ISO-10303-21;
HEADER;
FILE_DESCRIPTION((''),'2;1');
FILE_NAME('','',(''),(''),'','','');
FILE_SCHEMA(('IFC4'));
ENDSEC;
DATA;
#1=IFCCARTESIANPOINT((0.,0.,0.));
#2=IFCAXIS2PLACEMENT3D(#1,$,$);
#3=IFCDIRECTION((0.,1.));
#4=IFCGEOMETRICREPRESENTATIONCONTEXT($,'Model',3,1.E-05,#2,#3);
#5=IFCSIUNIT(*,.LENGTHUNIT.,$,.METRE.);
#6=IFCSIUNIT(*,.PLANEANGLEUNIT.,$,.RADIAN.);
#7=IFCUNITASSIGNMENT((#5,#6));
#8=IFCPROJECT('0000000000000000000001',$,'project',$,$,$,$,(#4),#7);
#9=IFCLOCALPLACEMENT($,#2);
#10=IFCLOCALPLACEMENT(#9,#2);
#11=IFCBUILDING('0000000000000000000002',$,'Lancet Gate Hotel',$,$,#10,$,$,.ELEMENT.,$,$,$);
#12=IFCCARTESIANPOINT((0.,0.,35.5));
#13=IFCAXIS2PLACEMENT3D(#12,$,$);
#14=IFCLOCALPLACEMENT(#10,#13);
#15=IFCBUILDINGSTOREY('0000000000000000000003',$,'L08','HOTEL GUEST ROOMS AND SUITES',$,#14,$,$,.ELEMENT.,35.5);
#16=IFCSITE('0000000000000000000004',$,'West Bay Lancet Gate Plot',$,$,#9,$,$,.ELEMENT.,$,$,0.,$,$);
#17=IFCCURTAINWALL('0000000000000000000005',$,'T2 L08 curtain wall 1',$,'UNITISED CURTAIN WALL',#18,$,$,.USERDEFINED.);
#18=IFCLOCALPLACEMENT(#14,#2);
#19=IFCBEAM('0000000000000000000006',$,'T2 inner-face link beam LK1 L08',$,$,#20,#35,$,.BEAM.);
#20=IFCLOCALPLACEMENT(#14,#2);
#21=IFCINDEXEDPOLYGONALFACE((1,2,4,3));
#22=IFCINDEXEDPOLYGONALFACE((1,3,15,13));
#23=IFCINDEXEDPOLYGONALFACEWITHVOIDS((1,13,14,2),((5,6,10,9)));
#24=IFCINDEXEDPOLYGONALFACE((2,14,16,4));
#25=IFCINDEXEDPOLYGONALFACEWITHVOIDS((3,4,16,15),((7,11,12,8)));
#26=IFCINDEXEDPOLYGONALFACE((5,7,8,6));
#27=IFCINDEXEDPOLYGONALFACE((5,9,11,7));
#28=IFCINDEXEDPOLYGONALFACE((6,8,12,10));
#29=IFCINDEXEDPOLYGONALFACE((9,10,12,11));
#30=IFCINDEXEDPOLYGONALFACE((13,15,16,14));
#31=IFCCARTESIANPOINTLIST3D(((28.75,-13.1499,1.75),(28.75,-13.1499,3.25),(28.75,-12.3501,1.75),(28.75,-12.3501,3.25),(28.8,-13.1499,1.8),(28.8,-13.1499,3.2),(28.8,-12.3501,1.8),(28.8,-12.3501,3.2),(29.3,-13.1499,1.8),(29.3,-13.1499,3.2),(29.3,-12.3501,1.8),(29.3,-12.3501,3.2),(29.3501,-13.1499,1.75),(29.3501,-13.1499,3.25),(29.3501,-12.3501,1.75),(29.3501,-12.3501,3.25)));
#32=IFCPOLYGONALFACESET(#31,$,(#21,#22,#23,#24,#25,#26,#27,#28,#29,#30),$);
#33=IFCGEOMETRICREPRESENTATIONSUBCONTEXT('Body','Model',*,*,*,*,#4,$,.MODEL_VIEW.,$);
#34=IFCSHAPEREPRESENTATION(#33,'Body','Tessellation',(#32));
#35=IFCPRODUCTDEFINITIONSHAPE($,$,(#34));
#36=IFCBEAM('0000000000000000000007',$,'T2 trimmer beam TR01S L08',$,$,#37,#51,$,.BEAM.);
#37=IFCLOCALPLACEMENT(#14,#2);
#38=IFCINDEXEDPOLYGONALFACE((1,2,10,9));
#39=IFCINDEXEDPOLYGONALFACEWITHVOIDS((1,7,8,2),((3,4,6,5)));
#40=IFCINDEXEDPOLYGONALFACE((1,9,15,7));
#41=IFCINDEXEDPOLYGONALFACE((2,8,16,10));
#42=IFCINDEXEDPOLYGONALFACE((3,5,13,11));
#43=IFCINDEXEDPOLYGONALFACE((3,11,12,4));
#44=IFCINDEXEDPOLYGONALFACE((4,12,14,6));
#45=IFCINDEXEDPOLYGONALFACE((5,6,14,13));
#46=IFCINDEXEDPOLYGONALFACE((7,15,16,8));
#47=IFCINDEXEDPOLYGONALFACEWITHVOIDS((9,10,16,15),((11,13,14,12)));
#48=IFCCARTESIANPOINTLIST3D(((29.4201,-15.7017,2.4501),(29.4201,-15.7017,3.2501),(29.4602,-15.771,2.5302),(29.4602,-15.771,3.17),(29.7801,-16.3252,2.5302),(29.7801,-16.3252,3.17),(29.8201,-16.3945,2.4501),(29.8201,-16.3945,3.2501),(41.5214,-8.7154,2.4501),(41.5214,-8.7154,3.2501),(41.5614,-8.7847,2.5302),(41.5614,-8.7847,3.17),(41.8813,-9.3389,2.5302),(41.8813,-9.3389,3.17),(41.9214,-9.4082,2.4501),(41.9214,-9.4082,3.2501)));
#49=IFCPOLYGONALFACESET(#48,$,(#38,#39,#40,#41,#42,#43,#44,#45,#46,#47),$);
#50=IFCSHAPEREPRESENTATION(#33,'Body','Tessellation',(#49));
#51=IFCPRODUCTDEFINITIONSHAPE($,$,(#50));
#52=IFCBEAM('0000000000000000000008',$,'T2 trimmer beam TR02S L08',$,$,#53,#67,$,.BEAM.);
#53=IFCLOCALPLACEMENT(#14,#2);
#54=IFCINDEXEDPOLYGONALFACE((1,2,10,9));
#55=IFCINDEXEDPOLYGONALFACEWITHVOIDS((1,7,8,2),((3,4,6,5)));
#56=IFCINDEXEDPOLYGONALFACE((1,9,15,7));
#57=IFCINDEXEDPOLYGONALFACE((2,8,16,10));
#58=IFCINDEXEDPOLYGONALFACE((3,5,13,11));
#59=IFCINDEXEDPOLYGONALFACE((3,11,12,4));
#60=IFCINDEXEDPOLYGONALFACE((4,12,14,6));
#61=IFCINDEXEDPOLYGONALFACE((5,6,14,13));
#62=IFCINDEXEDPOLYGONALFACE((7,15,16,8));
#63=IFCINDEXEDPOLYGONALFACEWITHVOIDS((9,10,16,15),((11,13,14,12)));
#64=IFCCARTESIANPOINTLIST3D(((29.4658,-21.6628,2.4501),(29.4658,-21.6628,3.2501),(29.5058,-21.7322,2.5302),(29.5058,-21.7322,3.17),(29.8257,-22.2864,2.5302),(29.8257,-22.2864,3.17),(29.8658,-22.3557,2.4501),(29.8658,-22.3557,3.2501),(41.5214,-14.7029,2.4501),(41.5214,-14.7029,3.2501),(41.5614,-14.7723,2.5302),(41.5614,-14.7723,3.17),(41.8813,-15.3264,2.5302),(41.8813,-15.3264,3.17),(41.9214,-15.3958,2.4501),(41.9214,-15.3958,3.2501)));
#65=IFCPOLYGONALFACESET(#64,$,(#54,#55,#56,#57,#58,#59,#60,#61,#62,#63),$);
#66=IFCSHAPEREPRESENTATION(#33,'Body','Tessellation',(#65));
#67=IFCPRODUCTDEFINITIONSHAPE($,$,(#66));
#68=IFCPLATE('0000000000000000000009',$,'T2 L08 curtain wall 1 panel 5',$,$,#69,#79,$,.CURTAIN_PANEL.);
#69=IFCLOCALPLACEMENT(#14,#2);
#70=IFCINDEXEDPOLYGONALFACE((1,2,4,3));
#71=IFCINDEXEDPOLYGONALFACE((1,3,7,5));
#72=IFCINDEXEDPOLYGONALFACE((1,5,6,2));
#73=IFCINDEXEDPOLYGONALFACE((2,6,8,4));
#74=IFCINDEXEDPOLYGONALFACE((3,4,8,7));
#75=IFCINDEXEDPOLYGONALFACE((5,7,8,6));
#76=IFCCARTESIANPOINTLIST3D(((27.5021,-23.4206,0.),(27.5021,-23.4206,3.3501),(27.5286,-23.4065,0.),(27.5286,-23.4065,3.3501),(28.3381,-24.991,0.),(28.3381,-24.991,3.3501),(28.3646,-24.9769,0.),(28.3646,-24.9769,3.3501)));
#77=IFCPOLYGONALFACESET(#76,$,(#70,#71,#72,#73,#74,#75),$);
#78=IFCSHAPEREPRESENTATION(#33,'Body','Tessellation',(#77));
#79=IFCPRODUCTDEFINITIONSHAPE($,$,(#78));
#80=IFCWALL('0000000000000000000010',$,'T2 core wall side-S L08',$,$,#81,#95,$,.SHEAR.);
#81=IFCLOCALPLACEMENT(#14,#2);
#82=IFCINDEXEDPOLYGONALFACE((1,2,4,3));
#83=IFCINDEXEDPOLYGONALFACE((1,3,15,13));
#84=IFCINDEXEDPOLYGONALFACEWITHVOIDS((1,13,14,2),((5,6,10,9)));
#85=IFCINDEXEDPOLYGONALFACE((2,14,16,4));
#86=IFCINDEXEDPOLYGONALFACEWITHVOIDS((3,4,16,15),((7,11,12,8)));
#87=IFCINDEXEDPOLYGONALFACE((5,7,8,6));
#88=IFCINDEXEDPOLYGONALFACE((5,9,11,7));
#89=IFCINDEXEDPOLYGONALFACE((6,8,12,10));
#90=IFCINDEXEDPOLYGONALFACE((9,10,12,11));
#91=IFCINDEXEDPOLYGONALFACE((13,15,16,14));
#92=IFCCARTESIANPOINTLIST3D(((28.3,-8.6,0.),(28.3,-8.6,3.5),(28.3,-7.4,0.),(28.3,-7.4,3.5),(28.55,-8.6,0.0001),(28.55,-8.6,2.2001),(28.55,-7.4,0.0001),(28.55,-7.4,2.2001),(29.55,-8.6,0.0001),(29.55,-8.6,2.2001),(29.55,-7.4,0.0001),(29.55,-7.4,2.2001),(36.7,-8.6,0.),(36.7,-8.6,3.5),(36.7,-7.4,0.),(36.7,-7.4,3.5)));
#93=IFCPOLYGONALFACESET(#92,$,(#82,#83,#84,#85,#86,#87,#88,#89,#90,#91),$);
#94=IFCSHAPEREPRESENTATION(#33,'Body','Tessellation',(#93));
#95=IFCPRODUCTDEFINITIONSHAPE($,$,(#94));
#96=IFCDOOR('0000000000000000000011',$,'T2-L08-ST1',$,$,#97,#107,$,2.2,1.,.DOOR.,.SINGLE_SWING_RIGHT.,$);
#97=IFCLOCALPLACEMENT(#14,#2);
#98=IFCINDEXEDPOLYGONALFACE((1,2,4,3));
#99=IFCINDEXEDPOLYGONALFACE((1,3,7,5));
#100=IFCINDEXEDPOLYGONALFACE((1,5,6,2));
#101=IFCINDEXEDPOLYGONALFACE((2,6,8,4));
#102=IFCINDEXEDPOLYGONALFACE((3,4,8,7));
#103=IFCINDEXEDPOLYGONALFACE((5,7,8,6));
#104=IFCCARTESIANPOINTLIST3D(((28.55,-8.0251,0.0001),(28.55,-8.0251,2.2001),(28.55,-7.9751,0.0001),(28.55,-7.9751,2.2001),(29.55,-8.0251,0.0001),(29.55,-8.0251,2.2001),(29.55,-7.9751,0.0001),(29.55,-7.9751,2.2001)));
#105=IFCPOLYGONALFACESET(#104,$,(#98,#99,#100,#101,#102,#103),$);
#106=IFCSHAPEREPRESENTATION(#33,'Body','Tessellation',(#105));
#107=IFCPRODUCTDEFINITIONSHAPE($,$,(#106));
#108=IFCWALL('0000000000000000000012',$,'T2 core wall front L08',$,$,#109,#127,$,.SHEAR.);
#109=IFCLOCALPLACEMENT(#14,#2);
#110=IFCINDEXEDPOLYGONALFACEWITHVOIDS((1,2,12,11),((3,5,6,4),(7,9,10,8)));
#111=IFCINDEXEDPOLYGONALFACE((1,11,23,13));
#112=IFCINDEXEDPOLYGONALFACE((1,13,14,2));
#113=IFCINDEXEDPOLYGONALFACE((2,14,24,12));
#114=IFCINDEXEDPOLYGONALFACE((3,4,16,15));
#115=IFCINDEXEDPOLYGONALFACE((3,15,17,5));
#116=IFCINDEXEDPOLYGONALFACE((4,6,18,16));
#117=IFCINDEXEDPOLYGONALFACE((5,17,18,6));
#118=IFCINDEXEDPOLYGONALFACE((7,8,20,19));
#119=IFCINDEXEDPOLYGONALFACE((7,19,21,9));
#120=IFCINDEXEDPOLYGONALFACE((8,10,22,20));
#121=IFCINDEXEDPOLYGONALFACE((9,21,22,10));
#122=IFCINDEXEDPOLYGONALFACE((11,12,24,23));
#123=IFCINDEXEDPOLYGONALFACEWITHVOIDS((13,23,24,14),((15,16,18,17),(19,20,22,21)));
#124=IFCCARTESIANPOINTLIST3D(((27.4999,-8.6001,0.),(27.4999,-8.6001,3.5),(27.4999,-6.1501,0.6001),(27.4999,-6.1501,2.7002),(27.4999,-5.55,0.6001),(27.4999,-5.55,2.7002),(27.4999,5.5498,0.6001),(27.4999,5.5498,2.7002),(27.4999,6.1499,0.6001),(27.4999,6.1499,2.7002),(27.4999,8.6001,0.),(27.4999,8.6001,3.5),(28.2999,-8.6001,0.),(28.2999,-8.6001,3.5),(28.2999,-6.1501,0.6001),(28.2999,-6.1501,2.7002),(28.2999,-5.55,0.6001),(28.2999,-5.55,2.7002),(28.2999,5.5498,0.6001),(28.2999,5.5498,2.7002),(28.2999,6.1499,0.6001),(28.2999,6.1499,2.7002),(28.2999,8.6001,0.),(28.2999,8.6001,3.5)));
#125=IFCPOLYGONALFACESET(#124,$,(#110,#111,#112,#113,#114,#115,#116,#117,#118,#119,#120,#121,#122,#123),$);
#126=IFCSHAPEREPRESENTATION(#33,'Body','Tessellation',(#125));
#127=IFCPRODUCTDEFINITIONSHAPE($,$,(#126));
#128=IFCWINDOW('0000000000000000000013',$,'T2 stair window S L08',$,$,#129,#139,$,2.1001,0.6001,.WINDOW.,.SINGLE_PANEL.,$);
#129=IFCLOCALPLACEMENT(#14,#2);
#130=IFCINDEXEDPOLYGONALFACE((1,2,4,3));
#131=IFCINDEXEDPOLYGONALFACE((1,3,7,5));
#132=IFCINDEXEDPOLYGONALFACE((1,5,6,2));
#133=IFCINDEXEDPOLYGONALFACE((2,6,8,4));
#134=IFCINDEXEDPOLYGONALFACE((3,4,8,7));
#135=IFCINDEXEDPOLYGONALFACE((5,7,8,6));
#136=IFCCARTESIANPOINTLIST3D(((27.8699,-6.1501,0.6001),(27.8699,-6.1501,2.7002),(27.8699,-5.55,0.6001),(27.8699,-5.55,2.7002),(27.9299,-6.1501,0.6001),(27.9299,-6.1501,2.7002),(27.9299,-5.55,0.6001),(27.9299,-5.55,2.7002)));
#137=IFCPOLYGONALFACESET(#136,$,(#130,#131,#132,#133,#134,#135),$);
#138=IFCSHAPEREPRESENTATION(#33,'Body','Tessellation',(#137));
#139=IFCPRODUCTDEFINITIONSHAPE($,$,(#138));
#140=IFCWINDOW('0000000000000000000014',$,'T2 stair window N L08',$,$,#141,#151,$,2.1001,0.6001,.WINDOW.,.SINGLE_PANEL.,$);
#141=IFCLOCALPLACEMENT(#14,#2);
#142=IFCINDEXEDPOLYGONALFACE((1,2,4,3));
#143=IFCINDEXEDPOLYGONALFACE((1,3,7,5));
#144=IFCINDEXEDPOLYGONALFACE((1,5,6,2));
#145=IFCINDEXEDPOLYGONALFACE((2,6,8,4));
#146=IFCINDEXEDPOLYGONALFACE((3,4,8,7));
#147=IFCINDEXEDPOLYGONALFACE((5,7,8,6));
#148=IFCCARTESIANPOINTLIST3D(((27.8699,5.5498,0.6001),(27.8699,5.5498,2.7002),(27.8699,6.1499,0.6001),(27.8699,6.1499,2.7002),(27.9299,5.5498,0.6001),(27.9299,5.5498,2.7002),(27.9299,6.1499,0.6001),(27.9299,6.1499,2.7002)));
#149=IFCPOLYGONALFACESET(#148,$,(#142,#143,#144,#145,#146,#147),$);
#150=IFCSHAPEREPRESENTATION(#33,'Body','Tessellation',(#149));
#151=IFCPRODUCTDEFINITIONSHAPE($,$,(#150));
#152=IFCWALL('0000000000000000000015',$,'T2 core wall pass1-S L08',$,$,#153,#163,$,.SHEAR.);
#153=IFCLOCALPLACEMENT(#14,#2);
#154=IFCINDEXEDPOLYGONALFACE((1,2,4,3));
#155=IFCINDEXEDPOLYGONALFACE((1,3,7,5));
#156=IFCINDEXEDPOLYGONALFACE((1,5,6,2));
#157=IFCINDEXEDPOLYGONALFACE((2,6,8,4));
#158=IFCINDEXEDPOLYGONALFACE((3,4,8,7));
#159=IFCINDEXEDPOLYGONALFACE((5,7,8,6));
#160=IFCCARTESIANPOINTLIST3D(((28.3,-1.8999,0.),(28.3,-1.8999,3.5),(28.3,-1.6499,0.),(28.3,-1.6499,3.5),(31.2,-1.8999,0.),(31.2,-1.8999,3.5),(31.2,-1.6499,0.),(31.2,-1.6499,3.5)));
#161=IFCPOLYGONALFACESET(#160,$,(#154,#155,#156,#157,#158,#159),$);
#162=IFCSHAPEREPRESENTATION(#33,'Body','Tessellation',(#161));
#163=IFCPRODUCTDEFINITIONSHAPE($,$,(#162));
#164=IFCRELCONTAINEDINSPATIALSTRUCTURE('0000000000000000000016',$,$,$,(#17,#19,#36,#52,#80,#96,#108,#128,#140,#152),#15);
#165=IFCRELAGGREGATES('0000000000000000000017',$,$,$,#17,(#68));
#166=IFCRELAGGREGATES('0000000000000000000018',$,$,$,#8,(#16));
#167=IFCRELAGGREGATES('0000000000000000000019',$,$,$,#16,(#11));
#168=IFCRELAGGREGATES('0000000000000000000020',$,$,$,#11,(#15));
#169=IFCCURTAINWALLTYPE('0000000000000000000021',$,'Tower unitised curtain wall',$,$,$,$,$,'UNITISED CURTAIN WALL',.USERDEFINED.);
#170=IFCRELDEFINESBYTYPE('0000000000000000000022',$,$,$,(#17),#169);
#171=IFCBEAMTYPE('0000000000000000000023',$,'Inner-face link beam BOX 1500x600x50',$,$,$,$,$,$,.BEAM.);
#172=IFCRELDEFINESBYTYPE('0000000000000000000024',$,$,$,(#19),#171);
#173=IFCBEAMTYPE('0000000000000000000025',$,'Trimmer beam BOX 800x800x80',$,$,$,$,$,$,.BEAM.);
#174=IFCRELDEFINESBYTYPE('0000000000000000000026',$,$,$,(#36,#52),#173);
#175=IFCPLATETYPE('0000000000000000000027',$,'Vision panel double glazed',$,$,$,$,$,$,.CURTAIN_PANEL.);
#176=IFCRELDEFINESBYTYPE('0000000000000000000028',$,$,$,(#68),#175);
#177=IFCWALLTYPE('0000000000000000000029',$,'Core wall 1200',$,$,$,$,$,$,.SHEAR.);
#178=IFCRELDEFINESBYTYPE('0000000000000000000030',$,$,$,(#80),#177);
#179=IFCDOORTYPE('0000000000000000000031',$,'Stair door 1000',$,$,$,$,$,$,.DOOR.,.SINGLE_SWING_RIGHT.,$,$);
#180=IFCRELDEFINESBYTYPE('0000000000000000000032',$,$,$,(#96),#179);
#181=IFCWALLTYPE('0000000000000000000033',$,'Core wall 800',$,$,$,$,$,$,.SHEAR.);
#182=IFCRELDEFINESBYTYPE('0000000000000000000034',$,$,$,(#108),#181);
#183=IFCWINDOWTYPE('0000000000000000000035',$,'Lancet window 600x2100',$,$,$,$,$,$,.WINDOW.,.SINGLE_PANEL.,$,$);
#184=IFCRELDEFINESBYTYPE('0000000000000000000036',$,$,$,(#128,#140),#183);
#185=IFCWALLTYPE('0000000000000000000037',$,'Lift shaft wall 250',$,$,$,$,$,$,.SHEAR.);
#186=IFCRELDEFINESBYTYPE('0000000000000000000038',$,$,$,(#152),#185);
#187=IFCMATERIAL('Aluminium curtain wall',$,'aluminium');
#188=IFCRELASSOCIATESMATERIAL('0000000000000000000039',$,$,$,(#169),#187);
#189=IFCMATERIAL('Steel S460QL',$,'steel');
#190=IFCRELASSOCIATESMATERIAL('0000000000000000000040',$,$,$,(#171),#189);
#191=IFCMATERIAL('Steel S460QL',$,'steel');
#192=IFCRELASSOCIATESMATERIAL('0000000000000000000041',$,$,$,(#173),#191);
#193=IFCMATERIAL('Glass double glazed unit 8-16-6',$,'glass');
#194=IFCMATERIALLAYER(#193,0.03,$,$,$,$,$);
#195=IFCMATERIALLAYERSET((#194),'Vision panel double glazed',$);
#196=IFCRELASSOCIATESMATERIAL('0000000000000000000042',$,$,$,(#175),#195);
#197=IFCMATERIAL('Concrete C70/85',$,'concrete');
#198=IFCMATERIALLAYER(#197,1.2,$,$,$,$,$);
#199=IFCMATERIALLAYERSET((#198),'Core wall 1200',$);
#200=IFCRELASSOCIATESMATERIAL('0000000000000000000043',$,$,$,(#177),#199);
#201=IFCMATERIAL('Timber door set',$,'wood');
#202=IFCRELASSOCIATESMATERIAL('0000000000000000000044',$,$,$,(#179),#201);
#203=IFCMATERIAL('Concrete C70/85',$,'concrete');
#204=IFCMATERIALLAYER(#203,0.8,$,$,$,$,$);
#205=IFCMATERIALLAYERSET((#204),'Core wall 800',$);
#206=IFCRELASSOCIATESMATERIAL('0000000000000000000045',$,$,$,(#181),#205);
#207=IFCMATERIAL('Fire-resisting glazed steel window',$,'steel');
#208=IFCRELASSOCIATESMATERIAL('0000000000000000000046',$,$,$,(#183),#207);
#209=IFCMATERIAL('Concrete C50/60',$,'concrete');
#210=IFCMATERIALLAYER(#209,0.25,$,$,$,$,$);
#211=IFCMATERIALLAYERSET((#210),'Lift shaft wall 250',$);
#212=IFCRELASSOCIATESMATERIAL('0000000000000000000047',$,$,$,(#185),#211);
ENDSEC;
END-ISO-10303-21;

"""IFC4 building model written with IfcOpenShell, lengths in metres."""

from ifc_helpers import new_model, si_unit, direction, frame, frame_2d, origin, origin_2d, place, context, subcontext, project, spatial, rectangle, hollow_rectangle, extrude, material, layer, layer_set, material_profile, profile_set, type_object, element, fill, aggregate, save


model = new_model("IFC4")

# Units and contexts
model_context = context("Model", 3, precision=1e-05, world=origin(), true_north=direction((0.0, 1.0)))
body_context = subcontext(model_context, "Body", "Model", "MODEL_VIEW")
ifc_project = project(units=[si_unit("LENGTHUNIT", "METRE"), si_unit("PLANEANGLEUNIT", "RADIAN")], contexts=[model_context])

# Site, building, storey
site_placement = place(None, origin())
site = spatial("IfcSite", under=ifc_project, at=site_placement, Name="West Bay Lancet Gate Plot", CompositionType="ELEMENT", RefElevation=0.0)
building_placement = place(site_placement, origin())
building = spatial("IfcBuilding", under=site, at=building_placement, Name="Lancet Gate Hotel", CompositionType="ELEMENT")
storey_placement = place(building_placement, frame((0.0, 0.0, 35.5)))
storey = spatial("IfcBuildingStorey", under=building, at=storey_placement, Name="L08", Description="HOTEL GUEST ROOMS AND SUITES", CompositionType="ELEMENT", Elevation=35.5)

# Curtain wall
ifc_material_1 = material(Name="Aluminium curtain wall", Category="aluminium")
curtain_wall_type = type_object("IfcCurtainWallType", Name="Tower unitised curtain wall", ElementType="UNITISED CURTAIN WALL", PredefinedType="USERDEFINED", material=ifc_material_1)
curtain_wall_placement = place(storey_placement, origin())
curtain_wall = element("IfcCurtainWall", 1, at=curtain_wall_placement, inside=storey, type_object=curtain_wall_type, Name="T2 L08 curtain wall 1", ObjectType="UNITISED CURTAIN WALL", PredefinedType="USERDEFINED")

# Beams
ifc_material_2 = material(Name="Steel S460QL", Category="steel")
ifc_material_profile_1 = material_profile(ifc_material_2, hollow_rectangle(XDim=0.6001, YDim=1.5, WallThickness=0.05, at=origin_2d()), Name="BOX 1500x600x50")
ifc_profile_set_1 = profile_set([ifc_material_profile_1], Name="Steel S460QL")
beam_type_1 = type_object("IfcBeamType", Name="Inner-face link beam BOX 1500x600x50", PredefinedType="BEAM", material=ifc_profile_set_1)
beam_1_placement = place(storey_placement, frame((29.05, -13.1499, 2.5), z_axis=(0.0, 1.0, 0.0), x_axis=(-1.0, 0.0, 0.0)))
element("IfcBeam", 2, at=beam_1_placement, inside=storey, type_object=beam_type_1, Name="T2 inner-face link beam LK1 L08", PredefinedType="BEAM", context=body_context, shape_type="SweptSolid", body=[
    extrude(hollow_rectangle(XDim=0.6001, YDim=1.5, WallThickness=0.05, at=origin_2d()), origin(), (0.0, 0.0, 1.0), 0.7998),
])
ifc_material_3 = material(Name="Steel S460QL", Category="steel")
ifc_material_profile_2 = material_profile(ifc_material_3, hollow_rectangle(XDim=0.8, YDim=0.8, WallThickness=0.0801, at=origin_2d()), Name="BOX 800x800x80")
ifc_profile_set_2 = profile_set([ifc_material_profile_2], Name="Steel S460QL")
beam_type_2 = type_object("IfcBeamType", Name="Trimmer beam BOX 800x800x80", PredefinedType="BEAM", material=ifc_profile_set_2)
beam_2_placement = place(storey_placement, frame((29.6201, -16.0481, 2.8501), z_axis=(0.866037, 0.49998, 0.0), x_axis=(-0.49998, 0.866037, 0.0)))
element("IfcBeam", 3, at=beam_2_placement, inside=storey, type_object=beam_type_2, Name="T2 trimmer beam TR01S L08", PredefinedType="BEAM", context=body_context, shape_type="SweptSolid", body=[
    extrude(hollow_rectangle(XDim=0.8, YDim=0.8, WallThickness=0.0801, at=origin_2d()), origin(), (0.0, 0.0, 1.0), 13.9731),
])
beam_3_placement = place(storey_placement, frame((29.6658, -22.0093, 2.8501), z_axis=(0.866037, 0.49998, 0.0), x_axis=(-0.49998, 0.866037, 0.0)))
element("IfcBeam", 4, at=beam_3_placement, inside=storey, type_object=beam_type_2, Name="T2 trimmer beam TR02S L08", PredefinedType="BEAM", context=body_context, shape_type="SweptSolid", body=[
    extrude(hollow_rectangle(XDim=0.8, YDim=0.8, WallThickness=0.0801, at=origin_2d()), origin(), (0.0, 0.0, 1.0), 13.9204),
])

# Plate
ifc_material_4 = material(Name="Glass double glazed unit 8-16-6", Category="glass")
ifc_layer_1 = layer(ifc_material_4, 0.03)
ifc_layer_set_1 = layer_set([ifc_layer_1], Name="Vision panel double glazed")
plate_type = type_object("IfcPlateType", Name="Vision panel double glazed", PredefinedType="CURTAIN_PANEL", material=ifc_layer_set_1)
plate_placement = place(storey_placement, frame((27.9333, -24.1987, 0.0), z_axis=(0.0, 0.0, 1.0), x_axis=(0.469898, -0.882721, 0.0)))
plate = element("IfcPlate", 5, at=plate_placement, type_object=plate_type, Name="T2 L08 curtain wall 1 panel 5", PredefinedType="CURTAIN_PANEL", context=body_context, shape_type="SweptSolid", body=[
    extrude(rectangle(XDim=1.7791, YDim=0.03, at=origin_2d()), origin(), (0.0, 0.0, 1.0), 3.3501),
])
aggregate(curtain_wall, [plate])

# Wall, opening, door
ifc_material_5 = material(Name="Concrete C70/85", Category="concrete")
ifc_layer_2 = layer(ifc_material_5, 1.2)
ifc_layer_set_2 = layer_set([ifc_layer_2], Name="Core wall 1200")
wall_type_1 = type_object("IfcWallType", Name="Core wall 1200", PredefinedType="SHEAR", material=ifc_layer_set_2)
wall_1_placement = place(storey_placement, frame((28.3, -8.0, 0.0), z_axis=(0.0, 0.0, 1.0), x_axis=(1.0, 0.0, 0.0)))
wall_1 = element("IfcWall", 6, at=wall_1_placement, inside=storey, type_object=wall_type_1, Name="T2 core wall side-S L08", PredefinedType="SHEAR", context=body_context, shape_type="SweptSolid", body=[
    extrude(rectangle(XDim=8.3999, YDim=1.2, at=frame_2d((4.2, 0.0))), origin(), (0.0, 0.0, 1.0), 3.5),
])
opening_1_placement = place(wall_1_placement, frame((0.25, 0.0, 0.0)))
opening_1 = element("IfcOpeningElement", 7, at=opening_1_placement, cuts=wall_1, PredefinedType="OPENING", context=body_context, shape_type="SweptSolid", body=[
    extrude(rectangle(XDim=1.0, YDim=2.2, at=frame_2d((0.5, 1.1001))), frame((0.0, 0.6099, 0.0), z_axis=(0.0, -1.0, 0.0), x_axis=(1.0, 0.0, 0.0)), (0.0, 0.0, 1.0), 1.22),
])
ifc_material_6 = material(Name="Timber door set", Category="wood")
door_type = type_object("IfcDoorType", Name="Stair door 1000", OperationType="SINGLE_SWING_RIGHT", PredefinedType="DOOR", material=ifc_material_6)
door_placement = place(opening_1_placement, origin())
door = element("IfcDoor", 8, at=door_placement, inside=storey, type_object=door_type, Name="T2-L08-ST1", OperationType="SINGLE_SWING_RIGHT", OverallHeight=2.2, OverallWidth=1.0, PredefinedType="DOOR", context=body_context, shape_type="SweptSolid", body=[
    extrude(rectangle(XDim=1.0, YDim=2.2, at=frame_2d((0.5, 1.1001))), frame((0.0, 0.0249, 0.0), z_axis=(0.0, -1.0, 0.0), x_axis=(1.0, 0.0, 0.0)), (0.0, 0.0, 1.0), 0.05),
])
fill(opening_1, door)

# Wall, openings, windows
ifc_material_7 = material(Name="Concrete C70/85", Category="concrete")
ifc_layer_3 = layer(ifc_material_7, 0.8)
ifc_layer_set_3 = layer_set([ifc_layer_3], Name="Core wall 800")
wall_type_2 = type_object("IfcWallType", Name="Core wall 800", PredefinedType="SHEAR", material=ifc_layer_set_3)
wall_2_placement = place(storey_placement, frame((27.8999, -8.6001, 0.0), z_axis=(0.0, 0.0, 1.0), x_axis=(0.0, 1.0, 0.0)))
wall_2 = element("IfcWall", 9, at=wall_2_placement, inside=storey, type_object=wall_type_2, Name="T2 core wall front L08", PredefinedType="SHEAR", context=body_context, shape_type="SweptSolid", body=[
    extrude(rectangle(XDim=17.2002, YDim=0.8, at=frame_2d((8.6001, 0.0))), origin(), (0.0, 0.0, 1.0), 3.5),
])
opening_2_placement = place(wall_2_placement, frame((2.45, 0.0, 0.6001)))
opening_2 = element("IfcOpeningElement", 10, at=opening_2_placement, cuts=wall_2, PredefinedType="OPENING", context=body_context, shape_type="SweptSolid", body=[
    extrude(rectangle(XDim=0.6001, YDim=2.1001, at=frame_2d((0.3, 1.05))), frame((0.0, 0.4099, 0.0), z_axis=(0.0, -1.0, 0.0), x_axis=(1.0, 0.0, 0.0)), (0.0, 0.0, 1.0), 0.8201),
])
opening_3_placement = place(wall_2_placement, frame((14.1499, 0.0, 0.6001)))
opening_3 = element("IfcOpeningElement", 11, at=opening_3_placement, cuts=wall_2, PredefinedType="OPENING", context=body_context, shape_type="SweptSolid", body=[
    extrude(rectangle(XDim=0.6001, YDim=2.1001, at=frame_2d((0.3, 1.05))), frame((0.0, 0.4099, 0.0), z_axis=(0.0, -1.0, 0.0), x_axis=(1.0, 0.0, 0.0)), (0.0, 0.0, 1.0), 0.8201),
])
ifc_material_8 = material(Name="Fire-resisting glazed steel window", Category="steel")
window_type = type_object("IfcWindowType", Name="Lancet window 600x2100", PartitioningType="SINGLE_PANEL", PredefinedType="WINDOW", material=ifc_material_8)
window_1_placement = place(opening_2_placement, origin())
window_1 = element("IfcWindow", 12, at=window_1_placement, inside=storey, type_object=window_type, Name="T2 stair window S L08", OverallHeight=2.1001, OverallWidth=0.6001, PartitioningType="SINGLE_PANEL", PredefinedType="WINDOW", context=body_context, shape_type="SweptSolid", body=[
    extrude(rectangle(XDim=0.6001, YDim=2.1001, at=frame_2d((0.3, 1.05))), frame((0.0, 0.03, 0.0), z_axis=(0.0, -1.0, 0.0), x_axis=(1.0, 0.0, 0.0)), (0.0, 0.0, 1.0), 0.0601),
])
fill(opening_2, window_1)
window_2_placement = place(opening_3_placement, origin())
window_2 = element("IfcWindow", 13, at=window_2_placement, inside=storey, type_object=window_type, Name="T2 stair window N L08", OverallHeight=2.1001, OverallWidth=0.6001, PartitioningType="SINGLE_PANEL", PredefinedType="WINDOW", context=body_context, shape_type="SweptSolid", body=[
    extrude(rectangle(XDim=0.6001, YDim=2.1001, at=frame_2d((0.3, 1.05))), frame((0.0, 0.03, 0.0), z_axis=(0.0, -1.0, 0.0), x_axis=(1.0, 0.0, 0.0)), (0.0, 0.0, 1.0), 0.0601),
])
fill(opening_3, window_2)

# Wall
ifc_material_9 = material(Name="Concrete C50/60", Category="concrete")
ifc_layer_4 = layer(ifc_material_9, 0.25)
ifc_layer_set_4 = layer_set([ifc_layer_4], Name="Lift shaft wall 250")
wall_type_3 = type_object("IfcWallType", Name="Lift shaft wall 250", PredefinedType="SHEAR", material=ifc_layer_set_4)
wall_3_placement = place(storey_placement, frame((28.3, -1.7749, 0.0), z_axis=(0.0, 0.0, 1.0), x_axis=(1.0, 0.0, 0.0)))
element("IfcWall", 14, at=wall_3_placement, inside=storey, type_object=wall_type_3, Name="T2 core wall pass1-S L08", PredefinedType="SHEAR", context=body_context, shape_type="SweptSolid", body=[
    extrude(rectangle(XDim=2.8999, YDim=0.25, at=frame_2d((1.45, 0.0))), origin(), (0.0, 0.0, 1.0), 3.5),
])

save(model, "model.ifc")
